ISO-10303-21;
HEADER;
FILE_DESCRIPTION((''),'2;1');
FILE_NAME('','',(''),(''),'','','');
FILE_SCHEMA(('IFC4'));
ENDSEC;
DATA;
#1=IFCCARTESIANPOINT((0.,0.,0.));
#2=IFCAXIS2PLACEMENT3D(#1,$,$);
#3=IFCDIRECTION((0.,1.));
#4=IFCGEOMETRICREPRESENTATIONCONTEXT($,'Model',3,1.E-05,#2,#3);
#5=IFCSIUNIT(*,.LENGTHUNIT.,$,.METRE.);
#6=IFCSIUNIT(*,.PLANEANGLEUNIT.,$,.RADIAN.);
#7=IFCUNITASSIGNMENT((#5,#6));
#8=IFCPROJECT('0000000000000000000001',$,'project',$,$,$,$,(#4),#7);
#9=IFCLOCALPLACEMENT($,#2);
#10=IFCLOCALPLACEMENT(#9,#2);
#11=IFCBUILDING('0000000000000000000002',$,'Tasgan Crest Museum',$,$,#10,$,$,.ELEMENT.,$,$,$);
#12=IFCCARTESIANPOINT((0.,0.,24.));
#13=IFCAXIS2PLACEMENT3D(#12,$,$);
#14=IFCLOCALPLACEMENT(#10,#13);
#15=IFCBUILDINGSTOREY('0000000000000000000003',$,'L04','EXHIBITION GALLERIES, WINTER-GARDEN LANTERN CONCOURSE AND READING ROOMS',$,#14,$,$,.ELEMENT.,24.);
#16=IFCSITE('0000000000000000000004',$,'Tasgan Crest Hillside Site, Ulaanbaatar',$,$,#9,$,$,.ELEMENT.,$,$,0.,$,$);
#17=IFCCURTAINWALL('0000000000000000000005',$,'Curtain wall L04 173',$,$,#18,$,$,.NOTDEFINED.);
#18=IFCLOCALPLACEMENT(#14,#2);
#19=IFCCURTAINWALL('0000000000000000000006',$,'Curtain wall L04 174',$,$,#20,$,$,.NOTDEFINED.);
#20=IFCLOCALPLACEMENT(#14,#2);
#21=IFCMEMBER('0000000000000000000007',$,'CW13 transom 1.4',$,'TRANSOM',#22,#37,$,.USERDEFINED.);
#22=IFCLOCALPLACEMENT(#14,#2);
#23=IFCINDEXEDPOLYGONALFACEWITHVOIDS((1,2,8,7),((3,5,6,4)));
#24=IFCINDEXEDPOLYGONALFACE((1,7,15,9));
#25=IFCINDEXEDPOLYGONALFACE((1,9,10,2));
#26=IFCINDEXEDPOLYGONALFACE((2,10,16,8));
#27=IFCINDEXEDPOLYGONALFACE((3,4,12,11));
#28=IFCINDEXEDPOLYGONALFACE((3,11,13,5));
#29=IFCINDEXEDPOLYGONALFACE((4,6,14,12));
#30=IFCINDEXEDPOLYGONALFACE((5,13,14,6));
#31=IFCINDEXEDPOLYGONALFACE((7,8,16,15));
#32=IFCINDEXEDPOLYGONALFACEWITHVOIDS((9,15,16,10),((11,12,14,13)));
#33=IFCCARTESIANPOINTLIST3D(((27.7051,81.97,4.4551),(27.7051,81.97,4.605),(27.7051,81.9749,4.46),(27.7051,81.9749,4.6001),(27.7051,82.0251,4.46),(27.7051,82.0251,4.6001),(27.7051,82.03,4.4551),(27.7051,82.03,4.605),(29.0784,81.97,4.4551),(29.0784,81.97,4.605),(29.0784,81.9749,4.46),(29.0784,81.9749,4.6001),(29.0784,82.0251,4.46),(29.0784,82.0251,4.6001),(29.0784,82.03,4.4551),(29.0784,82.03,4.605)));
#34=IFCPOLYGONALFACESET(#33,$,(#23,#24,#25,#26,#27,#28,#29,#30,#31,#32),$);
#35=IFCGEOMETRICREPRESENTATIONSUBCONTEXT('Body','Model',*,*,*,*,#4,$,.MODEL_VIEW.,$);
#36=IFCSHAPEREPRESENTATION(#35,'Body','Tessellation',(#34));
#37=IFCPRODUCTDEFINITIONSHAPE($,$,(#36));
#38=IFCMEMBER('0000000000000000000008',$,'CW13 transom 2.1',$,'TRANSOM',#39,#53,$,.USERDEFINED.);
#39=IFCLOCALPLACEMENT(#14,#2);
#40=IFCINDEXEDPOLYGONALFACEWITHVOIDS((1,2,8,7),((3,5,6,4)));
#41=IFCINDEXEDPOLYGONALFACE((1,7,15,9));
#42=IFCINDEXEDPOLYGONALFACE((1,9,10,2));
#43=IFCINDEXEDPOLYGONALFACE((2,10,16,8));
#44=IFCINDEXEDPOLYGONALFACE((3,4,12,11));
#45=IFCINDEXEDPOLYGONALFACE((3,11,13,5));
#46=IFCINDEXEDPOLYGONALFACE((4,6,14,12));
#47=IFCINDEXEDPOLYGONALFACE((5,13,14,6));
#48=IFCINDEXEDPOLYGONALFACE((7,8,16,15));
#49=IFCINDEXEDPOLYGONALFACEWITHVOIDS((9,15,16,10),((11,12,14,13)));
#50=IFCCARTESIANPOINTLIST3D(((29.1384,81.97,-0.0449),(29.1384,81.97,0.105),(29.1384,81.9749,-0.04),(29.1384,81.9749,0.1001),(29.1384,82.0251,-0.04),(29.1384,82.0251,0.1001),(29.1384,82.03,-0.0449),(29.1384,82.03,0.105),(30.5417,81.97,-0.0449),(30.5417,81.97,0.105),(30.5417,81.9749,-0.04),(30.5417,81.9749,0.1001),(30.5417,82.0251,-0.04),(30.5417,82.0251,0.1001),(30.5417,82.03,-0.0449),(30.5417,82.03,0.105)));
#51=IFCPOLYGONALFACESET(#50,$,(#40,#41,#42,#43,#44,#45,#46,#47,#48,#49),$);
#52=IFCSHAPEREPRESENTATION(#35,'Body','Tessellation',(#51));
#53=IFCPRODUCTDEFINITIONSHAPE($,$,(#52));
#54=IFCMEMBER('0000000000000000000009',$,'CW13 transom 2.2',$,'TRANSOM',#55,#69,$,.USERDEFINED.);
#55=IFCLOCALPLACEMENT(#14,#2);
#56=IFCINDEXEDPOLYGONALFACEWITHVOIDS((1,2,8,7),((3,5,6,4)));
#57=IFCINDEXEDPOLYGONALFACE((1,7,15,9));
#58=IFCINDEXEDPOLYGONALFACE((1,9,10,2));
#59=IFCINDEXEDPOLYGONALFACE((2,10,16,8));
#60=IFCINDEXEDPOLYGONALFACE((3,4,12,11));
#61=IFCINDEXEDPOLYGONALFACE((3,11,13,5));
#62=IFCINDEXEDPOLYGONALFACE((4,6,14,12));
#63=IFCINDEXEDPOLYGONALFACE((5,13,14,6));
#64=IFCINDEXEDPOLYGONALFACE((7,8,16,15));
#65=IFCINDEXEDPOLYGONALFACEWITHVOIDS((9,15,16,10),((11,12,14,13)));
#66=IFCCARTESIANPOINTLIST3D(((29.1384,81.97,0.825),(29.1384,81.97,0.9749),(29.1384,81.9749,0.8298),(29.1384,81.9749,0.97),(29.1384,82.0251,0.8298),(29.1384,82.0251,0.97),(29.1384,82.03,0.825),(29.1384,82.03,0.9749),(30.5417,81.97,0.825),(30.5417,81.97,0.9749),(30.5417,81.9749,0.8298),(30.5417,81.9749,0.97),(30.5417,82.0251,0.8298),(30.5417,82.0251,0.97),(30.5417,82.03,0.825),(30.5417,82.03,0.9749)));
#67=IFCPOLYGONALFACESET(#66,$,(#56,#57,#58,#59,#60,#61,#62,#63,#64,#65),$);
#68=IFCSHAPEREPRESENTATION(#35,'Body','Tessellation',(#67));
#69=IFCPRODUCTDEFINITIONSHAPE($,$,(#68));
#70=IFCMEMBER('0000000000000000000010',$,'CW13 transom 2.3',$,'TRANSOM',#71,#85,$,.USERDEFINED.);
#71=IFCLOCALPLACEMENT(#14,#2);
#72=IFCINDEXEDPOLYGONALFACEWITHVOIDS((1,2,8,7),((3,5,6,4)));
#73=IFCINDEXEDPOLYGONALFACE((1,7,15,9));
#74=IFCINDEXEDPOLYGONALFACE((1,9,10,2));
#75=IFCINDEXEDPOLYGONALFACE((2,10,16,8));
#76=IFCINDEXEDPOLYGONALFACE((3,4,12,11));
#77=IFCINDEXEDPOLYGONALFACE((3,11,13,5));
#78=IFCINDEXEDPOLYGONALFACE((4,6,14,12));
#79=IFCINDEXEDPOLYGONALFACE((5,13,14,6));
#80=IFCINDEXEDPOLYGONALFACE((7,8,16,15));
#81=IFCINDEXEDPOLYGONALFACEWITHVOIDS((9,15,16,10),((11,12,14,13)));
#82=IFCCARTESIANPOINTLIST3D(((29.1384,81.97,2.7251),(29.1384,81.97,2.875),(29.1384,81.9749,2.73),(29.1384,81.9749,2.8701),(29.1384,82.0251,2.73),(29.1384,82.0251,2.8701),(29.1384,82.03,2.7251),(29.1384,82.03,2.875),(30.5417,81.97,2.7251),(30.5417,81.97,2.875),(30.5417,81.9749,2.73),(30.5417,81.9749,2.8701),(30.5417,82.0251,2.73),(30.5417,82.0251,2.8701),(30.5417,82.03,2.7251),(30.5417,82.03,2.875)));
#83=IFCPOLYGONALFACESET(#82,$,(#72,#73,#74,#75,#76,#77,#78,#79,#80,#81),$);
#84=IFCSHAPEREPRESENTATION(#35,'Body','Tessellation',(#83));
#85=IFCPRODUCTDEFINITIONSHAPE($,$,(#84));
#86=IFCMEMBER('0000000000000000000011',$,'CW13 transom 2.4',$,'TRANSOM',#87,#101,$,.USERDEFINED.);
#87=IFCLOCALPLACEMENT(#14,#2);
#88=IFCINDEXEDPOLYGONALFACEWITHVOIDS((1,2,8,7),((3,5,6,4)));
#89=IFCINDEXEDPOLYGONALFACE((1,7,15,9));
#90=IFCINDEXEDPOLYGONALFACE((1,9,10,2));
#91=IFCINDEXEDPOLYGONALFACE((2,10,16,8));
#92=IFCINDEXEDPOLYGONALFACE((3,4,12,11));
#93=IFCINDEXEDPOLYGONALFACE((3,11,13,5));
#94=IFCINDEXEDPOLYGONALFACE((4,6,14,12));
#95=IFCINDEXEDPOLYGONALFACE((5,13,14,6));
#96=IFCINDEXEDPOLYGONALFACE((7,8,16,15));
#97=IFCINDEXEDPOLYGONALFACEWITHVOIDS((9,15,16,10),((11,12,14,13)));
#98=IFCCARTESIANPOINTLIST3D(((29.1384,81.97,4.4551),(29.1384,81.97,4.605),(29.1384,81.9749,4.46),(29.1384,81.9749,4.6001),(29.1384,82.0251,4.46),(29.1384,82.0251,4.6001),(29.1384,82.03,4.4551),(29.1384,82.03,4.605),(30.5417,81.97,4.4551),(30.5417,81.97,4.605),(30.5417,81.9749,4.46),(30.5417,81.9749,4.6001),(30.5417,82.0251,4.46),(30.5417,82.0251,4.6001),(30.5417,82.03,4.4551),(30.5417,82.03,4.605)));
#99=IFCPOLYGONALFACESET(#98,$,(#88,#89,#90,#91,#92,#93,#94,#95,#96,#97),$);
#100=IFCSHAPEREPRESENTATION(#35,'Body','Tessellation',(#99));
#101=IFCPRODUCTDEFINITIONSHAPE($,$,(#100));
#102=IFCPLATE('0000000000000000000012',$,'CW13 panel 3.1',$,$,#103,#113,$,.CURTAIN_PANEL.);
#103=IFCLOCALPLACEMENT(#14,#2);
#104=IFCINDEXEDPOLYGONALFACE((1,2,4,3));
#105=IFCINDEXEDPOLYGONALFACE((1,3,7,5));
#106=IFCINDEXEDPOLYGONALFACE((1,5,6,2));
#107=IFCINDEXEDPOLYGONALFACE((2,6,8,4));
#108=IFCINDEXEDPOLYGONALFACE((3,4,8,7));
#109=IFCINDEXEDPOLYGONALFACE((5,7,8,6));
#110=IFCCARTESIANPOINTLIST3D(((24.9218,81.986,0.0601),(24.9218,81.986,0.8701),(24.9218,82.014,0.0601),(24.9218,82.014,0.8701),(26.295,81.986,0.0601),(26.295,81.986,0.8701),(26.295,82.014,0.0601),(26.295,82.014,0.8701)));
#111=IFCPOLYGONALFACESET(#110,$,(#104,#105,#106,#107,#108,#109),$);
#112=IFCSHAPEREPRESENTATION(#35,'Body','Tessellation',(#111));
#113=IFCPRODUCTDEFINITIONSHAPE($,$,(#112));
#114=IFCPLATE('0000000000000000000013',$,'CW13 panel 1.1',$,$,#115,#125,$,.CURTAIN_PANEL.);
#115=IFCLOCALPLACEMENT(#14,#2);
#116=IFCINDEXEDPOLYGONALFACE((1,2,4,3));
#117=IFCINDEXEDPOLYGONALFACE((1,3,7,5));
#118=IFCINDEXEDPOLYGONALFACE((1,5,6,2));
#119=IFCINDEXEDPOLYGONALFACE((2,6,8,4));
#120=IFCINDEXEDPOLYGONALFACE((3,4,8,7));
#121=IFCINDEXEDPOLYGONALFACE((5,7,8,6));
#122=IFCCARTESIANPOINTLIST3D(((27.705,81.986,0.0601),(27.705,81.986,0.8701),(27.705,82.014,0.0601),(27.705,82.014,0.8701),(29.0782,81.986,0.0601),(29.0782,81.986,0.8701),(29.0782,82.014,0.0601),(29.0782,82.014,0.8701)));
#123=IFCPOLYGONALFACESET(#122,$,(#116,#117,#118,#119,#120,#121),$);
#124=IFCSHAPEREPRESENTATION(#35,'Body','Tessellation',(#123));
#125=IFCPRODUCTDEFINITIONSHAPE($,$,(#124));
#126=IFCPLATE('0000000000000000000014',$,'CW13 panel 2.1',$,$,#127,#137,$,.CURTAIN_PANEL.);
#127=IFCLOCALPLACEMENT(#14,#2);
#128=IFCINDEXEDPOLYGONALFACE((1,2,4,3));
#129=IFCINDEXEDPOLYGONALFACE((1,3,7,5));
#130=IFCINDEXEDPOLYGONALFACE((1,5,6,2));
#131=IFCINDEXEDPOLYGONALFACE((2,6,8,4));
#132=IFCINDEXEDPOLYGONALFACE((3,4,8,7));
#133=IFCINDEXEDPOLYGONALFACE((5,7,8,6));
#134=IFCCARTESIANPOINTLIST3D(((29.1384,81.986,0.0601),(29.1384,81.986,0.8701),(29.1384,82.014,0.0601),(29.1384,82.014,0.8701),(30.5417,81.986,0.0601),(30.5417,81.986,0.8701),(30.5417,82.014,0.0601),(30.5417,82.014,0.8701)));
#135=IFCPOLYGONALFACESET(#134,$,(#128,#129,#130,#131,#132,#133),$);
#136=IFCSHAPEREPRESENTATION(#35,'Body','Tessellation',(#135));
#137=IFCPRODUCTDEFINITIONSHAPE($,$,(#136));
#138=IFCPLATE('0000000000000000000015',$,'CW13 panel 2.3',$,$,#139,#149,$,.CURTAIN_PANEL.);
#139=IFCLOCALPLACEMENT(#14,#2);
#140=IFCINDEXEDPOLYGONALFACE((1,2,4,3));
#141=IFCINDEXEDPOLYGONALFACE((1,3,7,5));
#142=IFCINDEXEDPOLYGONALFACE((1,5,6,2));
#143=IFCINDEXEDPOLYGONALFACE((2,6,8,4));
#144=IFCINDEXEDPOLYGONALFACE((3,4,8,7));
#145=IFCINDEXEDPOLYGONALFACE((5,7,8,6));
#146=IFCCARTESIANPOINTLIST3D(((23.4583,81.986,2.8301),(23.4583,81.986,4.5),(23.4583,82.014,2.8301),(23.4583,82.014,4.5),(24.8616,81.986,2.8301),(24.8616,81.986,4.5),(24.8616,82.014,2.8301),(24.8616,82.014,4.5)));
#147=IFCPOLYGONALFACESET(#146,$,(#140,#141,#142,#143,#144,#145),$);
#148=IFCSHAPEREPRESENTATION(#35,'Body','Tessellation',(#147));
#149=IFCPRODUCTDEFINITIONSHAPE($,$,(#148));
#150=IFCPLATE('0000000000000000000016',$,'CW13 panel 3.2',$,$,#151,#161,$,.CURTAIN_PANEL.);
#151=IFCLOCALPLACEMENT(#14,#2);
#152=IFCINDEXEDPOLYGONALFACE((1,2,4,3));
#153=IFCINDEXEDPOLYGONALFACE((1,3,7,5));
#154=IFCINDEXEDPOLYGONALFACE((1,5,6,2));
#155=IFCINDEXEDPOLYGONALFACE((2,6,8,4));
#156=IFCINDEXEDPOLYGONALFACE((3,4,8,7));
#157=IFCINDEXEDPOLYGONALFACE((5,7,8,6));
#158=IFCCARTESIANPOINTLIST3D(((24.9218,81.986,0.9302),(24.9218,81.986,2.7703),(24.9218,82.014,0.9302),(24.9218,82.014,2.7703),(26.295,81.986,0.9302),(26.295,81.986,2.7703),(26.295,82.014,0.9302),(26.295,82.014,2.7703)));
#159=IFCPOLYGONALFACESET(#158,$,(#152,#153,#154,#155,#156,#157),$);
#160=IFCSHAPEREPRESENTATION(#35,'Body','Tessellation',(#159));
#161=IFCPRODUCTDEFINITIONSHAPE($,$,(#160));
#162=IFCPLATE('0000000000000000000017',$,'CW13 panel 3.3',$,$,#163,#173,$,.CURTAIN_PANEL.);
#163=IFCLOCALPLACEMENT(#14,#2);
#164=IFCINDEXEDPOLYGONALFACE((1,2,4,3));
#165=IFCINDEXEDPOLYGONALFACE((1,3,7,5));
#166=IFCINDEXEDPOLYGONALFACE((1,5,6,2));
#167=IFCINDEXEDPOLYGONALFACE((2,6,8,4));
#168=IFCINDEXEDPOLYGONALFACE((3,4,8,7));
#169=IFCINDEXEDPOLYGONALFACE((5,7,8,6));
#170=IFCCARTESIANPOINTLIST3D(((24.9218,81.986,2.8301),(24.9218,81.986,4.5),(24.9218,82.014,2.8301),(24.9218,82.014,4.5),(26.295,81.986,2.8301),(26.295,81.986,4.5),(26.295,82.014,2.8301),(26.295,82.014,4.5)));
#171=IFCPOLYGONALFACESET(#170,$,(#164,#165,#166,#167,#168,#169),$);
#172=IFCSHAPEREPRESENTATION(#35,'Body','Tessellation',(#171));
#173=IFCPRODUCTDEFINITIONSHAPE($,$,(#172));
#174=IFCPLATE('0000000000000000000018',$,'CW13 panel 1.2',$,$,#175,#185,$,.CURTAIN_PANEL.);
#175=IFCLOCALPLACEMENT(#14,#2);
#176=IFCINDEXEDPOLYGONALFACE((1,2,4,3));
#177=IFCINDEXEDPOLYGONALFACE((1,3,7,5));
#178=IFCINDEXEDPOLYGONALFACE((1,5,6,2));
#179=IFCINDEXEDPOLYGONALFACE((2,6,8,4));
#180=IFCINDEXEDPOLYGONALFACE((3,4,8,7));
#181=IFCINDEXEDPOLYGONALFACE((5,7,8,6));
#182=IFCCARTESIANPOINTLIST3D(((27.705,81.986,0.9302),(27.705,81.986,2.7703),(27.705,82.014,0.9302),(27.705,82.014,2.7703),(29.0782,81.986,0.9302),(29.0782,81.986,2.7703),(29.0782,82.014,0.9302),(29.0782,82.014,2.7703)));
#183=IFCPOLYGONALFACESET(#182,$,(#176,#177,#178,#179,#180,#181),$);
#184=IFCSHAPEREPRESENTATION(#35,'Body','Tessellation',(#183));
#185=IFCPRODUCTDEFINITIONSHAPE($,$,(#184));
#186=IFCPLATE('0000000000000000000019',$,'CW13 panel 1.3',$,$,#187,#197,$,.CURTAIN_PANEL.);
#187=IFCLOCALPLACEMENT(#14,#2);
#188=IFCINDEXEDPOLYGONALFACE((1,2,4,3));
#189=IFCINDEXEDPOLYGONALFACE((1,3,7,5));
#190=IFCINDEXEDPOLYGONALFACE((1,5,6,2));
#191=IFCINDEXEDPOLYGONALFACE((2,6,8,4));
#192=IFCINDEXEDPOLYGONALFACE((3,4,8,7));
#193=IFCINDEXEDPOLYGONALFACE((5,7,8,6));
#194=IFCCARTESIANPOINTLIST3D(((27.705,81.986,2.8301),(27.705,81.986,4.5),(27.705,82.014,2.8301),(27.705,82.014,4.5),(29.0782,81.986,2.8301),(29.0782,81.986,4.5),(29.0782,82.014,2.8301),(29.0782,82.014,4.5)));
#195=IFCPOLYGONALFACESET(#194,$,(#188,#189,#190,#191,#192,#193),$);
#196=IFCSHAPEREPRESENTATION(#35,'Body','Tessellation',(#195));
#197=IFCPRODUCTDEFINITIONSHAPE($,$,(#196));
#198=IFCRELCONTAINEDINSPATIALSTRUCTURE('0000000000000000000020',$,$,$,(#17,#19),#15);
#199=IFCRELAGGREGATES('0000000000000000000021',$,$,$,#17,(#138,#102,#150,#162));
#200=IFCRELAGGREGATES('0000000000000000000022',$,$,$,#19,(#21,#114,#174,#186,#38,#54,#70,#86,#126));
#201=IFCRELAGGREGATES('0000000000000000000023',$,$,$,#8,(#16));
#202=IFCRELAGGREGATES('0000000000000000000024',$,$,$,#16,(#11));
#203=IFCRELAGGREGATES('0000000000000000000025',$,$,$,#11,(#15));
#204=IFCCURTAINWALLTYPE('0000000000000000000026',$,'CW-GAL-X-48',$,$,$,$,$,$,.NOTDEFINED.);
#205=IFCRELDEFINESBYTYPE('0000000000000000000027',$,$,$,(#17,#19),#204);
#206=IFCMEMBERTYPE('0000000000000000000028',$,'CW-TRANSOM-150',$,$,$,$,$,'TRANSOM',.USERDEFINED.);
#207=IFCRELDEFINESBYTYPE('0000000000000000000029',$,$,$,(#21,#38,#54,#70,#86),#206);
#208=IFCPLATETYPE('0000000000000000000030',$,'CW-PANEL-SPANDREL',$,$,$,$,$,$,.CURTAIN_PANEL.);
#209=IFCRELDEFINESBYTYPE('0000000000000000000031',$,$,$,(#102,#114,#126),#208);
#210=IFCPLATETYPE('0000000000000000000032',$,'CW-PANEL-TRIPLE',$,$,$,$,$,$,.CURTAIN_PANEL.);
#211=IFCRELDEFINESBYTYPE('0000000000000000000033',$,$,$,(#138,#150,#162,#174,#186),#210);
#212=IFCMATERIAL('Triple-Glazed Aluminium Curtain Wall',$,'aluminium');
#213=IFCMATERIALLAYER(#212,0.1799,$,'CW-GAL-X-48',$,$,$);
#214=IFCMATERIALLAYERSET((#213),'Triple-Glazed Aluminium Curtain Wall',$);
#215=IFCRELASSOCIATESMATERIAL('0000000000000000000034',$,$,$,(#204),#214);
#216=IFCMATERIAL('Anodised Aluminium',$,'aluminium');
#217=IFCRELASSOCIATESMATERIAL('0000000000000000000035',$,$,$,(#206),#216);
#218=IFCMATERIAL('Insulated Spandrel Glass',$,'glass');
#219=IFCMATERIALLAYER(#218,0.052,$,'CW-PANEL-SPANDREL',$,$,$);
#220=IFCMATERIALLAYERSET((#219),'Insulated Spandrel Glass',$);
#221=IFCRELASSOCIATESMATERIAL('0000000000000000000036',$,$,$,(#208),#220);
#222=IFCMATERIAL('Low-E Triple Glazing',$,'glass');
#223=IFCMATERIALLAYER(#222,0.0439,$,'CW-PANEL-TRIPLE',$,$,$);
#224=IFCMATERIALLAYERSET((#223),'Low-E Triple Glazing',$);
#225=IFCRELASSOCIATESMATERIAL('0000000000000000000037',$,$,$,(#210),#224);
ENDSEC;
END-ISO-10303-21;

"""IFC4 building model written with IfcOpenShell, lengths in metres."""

from ifc_helpers import new_model, si_unit, direction, frame, origin, origin_2d, place, context, subcontext, project, spatial, rectangle, hollow_rectangle, extrude, material, layer, layer_set, material_profile, profile_set, type_object, element, aggregate, save


model = new_model("IFC4")

# Units and contexts
model_context = context("Model", 3, precision=1e-05, world=origin(), true_north=direction((0.0, 1.0)))
body_context = subcontext(model_context, "Body", "Model", "MODEL_VIEW")
ifc_project = project(units=[si_unit("LENGTHUNIT", "METRE"), si_unit("PLANEANGLEUNIT", "RADIAN")], contexts=[model_context])

# Site, building, storey
site_placement = place(None, origin())
site = spatial("IfcSite", under=ifc_project, at=site_placement, Name="Tasgan Crest Hillside Site, Ulaanbaatar", CompositionType="ELEMENT", RefElevation=0.0)
building_placement = place(site_placement, origin())
building = spatial("IfcBuilding", under=site, at=building_placement, Name="Tasgan Crest Museum", CompositionType="ELEMENT")
storey_placement = place(building_placement, frame((0.0, 0.0, 24.0)))
storey = spatial("IfcBuildingStorey", under=building, at=storey_placement, Name="L04", Description="EXHIBITION GALLERIES, WINTER-GARDEN LANTERN CONCOURSE AND READING ROOMS", CompositionType="ELEMENT", Elevation=24.0)

# Curtain walls
ifc_material_1 = material(Name="Triple-Glazed Aluminium Curtain Wall", Category="aluminium")
ifc_layer_1 = layer(ifc_material_1, 0.1799, Name="CW-GAL-X-48")
ifc_layer_set_1 = layer_set([ifc_layer_1], Name="Triple-Glazed Aluminium Curtain Wall")
curtain_wall_type = type_object("IfcCurtainWallType", Name="CW-GAL-X-48", PredefinedType="NOTDEFINED", material=ifc_layer_set_1)
curtain_wall_1_placement = place(storey_placement, origin())
curtain_wall_1 = element("IfcCurtainWall", 1, at=curtain_wall_1_placement, inside=storey, type_object=curtain_wall_type, Name="Curtain wall L04 173", PredefinedType="NOTDEFINED")
curtain_wall_2_placement = place(storey_placement, origin())
curtain_wall_2 = element("IfcCurtainWall", 2, at=curtain_wall_2_placement, inside=storey, type_object=curtain_wall_type, Name="Curtain wall L04 174", PredefinedType="NOTDEFINED")

# Members
ifc_material_2 = material(Name="Anodised Aluminium", Category="aluminium")
ifc_material_profile_1 = material_profile(ifc_material_2, hollow_rectangle(XDim=0.0601, YDim=0.1499, WallThickness=0.0049, at=origin_2d()), Name="ALU TRANSOM 150x60x5")
ifc_profile_set_1 = profile_set([ifc_material_profile_1], Name="Anodised Aluminium")
member_type_1 = type_object("IfcMemberType", Name="CW-TRANSOM-150", ElementType="TRANSOM", PredefinedType="USERDEFINED", material=ifc_profile_set_1)
member_1_placement = place(storey_placement, frame((27.7051, 82.0, 4.53), z_axis=(1.0, 0.0, 0.0), x_axis=(0.0, 1.0, 0.0)))
member_1 = element("IfcMember", 3, at=member_1_placement, type_object=member_type_1, Name="CW13 transom 1.4", ObjectType="TRANSOM", PredefinedType="USERDEFINED", context=body_context, shape_type="SweptSolid", body=[
    extrude(hollow_rectangle(XDim=0.0601, YDim=0.1499, WallThickness=0.0049, at=origin_2d()), origin(), (0.0, 0.0, 1.0), 1.3733),
])
member_2_placement = place(storey_placement, frame((29.1384, 82.0, 0.03), z_axis=(1.0, 0.0, 0.0), x_axis=(0.0, 1.0, 0.0)))
member_2 = element("IfcMember", 4, at=member_2_placement, type_object=member_type_1, Name="CW13 transom 2.1", ObjectType="TRANSOM", PredefinedType="USERDEFINED", context=body_context, shape_type="SweptSolid", body=[
    extrude(hollow_rectangle(XDim=0.0601, YDim=0.1499, WallThickness=0.0049, at=origin_2d()), origin(), (0.0, 0.0, 1.0), 1.4033),
])
member_3_placement = place(storey_placement, frame((29.1384, 82.0, 0.8999), z_axis=(1.0, 0.0, 0.0), x_axis=(0.0, 1.0, 0.0)))
member_3 = element("IfcMember", 5, at=member_3_placement, type_object=member_type_1, Name="CW13 transom 2.2", ObjectType="TRANSOM", PredefinedType="USERDEFINED", context=body_context, shape_type="SweptSolid", body=[
    extrude(hollow_rectangle(XDim=0.0601, YDim=0.1499, WallThickness=0.0049, at=origin_2d()), origin(), (0.0, 0.0, 1.0), 1.4033),
])
member_4_placement = place(storey_placement, frame((29.1384, 82.0, 2.8), z_axis=(1.0, 0.0, 0.0), x_axis=(0.0, 1.0, 0.0)))
member_4 = element("IfcMember", 6, at=member_4_placement, type_object=member_type_1, Name="CW13 transom 2.3", ObjectType="TRANSOM", PredefinedType="USERDEFINED", context=body_context, shape_type="SweptSolid", body=[
    extrude(hollow_rectangle(XDim=0.0601, YDim=0.1499, WallThickness=0.0049, at=origin_2d()), origin(), (0.0, 0.0, 1.0), 1.4033),
])
member_5_placement = place(storey_placement, frame((29.1384, 82.0, 4.53), z_axis=(1.0, 0.0, 0.0), x_axis=(0.0, 1.0, 0.0)))
member_5 = element("IfcMember", 7, at=member_5_placement, type_object=member_type_1, Name="CW13 transom 2.4", ObjectType="TRANSOM", PredefinedType="USERDEFINED", context=body_context, shape_type="SweptSolid", body=[
    extrude(hollow_rectangle(XDim=0.0601, YDim=0.1499, WallThickness=0.0049, at=origin_2d()), origin(), (0.0, 0.0, 1.0), 1.4033),
])

# Plates
ifc_material_3 = material(Name="Insulated Spandrel Glass", Category="glass")
ifc_layer_2 = layer(ifc_material_3, 0.052, Name="CW-PANEL-SPANDREL")
ifc_layer_set_2 = layer_set([ifc_layer_2], Name="Insulated Spandrel Glass")
plate_type_1 = type_object("IfcPlateType", Name="CW-PANEL-SPANDREL", PredefinedType="CURTAIN_PANEL", material=ifc_layer_set_2)
plate_1_placement = place(storey_placement, frame((25.6084, 82.0, 0.0601), z_axis=(0.0, 0.0, 1.0), x_axis=(1.0, 0.0, 0.0)))
plate_1 = element("IfcPlate", 8, at=plate_1_placement, type_object=plate_type_1, Name="CW13 panel 3.1", PredefinedType="CURTAIN_PANEL", context=body_context, shape_type="SweptSolid", body=[
    extrude(rectangle(XDim=1.3733, YDim=0.0281, at=origin_2d()), origin(), (0.0, 0.0, 1.0), 0.8101),
])
plate_2_placement = place(storey_placement, frame((28.3916, 82.0, 0.0601), z_axis=(0.0, 0.0, 1.0), x_axis=(1.0, 0.0, 0.0)))
plate_2 = element("IfcPlate", 9, at=plate_2_placement, type_object=plate_type_1, Name="CW13 panel 1.1", PredefinedType="CURTAIN_PANEL", context=body_context, shape_type="SweptSolid", body=[
    extrude(rectangle(XDim=1.3733, YDim=0.0281, at=origin_2d()), origin(), (0.0, 0.0, 1.0), 0.8101),
])
plate_3_placement = place(storey_placement, frame((29.8401, 82.0, 0.0601), z_axis=(0.0, 0.0, 1.0), x_axis=(1.0, 0.0, 0.0)))
plate_3 = element("IfcPlate", 10, at=plate_3_placement, type_object=plate_type_1, Name="CW13 panel 2.1", PredefinedType="CURTAIN_PANEL", context=body_context, shape_type="SweptSolid", body=[
    extrude(rectangle(XDim=1.4033, YDim=0.0281, at=origin_2d()), origin(), (0.0, 0.0, 1.0), 0.8101),
])
ifc_material_4 = material(Name="Low-E Triple Glazing", Category="glass")
ifc_layer_3 = layer(ifc_material_4, 0.0439, Name="CW-PANEL-TRIPLE")
ifc_layer_set_3 = layer_set([ifc_layer_3], Name="Low-E Triple Glazing")
plate_type_2 = type_object("IfcPlateType", Name="CW-PANEL-TRIPLE", PredefinedType="CURTAIN_PANEL", material=ifc_layer_set_3)
plate_4_placement = place(storey_placement, frame((24.1599, 82.0, 2.8301), z_axis=(0.0, 0.0, 1.0), x_axis=(1.0, 0.0, 0.0)))
plate_4 = element("IfcPlate", 11, at=plate_4_placement, type_object=plate_type_2, Name="CW13 panel 2.3", PredefinedType="CURTAIN_PANEL", context=body_context, shape_type="SweptSolid", body=[
    extrude(rectangle(XDim=1.4033, YDim=0.0281, at=origin_2d()), origin(), (0.0, 0.0, 1.0), 1.6699),
])
plate_5_placement = place(storey_placement, frame((25.6084, 82.0, 0.9302), z_axis=(0.0, 0.0, 1.0), x_axis=(1.0, 0.0, 0.0)))
plate_5 = element("IfcPlate", 12, at=plate_5_placement, type_object=plate_type_2, Name="CW13 panel 3.2", PredefinedType="CURTAIN_PANEL", context=body_context, shape_type="SweptSolid", body=[
    extrude(rectangle(XDim=1.3733, YDim=0.0281, at=origin_2d()), origin(), (0.0, 0.0, 1.0), 1.8401),
])
plate_6_placement = place(storey_placement, frame((25.6084, 82.0, 2.8301), z_axis=(0.0, 0.0, 1.0), x_axis=(1.0, 0.0, 0.0)))
plate_6 = element("IfcPlate", 13, at=plate_6_placement, type_object=plate_type_2, Name="CW13 panel 3.3", PredefinedType="CURTAIN_PANEL", context=body_context, shape_type="SweptSolid", body=[
    extrude(rectangle(XDim=1.3733, YDim=0.0281, at=origin_2d()), origin(), (0.0, 0.0, 1.0), 1.6699),
])
aggregate(curtain_wall_1, [plate_4, plate_1, plate_5, plate_6])
plate_7_placement = place(storey_placement, frame((28.3916, 82.0, 0.9302), z_axis=(0.0, 0.0, 1.0), x_axis=(1.0, 0.0, 0.0)))
plate_7 = element("IfcPlate", 14, at=plate_7_placement, type_object=plate_type_2, Name="CW13 panel 1.2", PredefinedType="CURTAIN_PANEL", context=body_context, shape_type="SweptSolid", body=[
    extrude(rectangle(XDim=1.3733, YDim=0.0281, at=origin_2d()), origin(), (0.0, 0.0, 1.0), 1.8401),
])
plate_8_placement = place(storey_placement, frame((28.3916, 82.0, 2.8301), z_axis=(0.0, 0.0, 1.0), x_axis=(1.0, 0.0, 0.0)))
plate_8 = element("IfcPlate", 15, at=plate_8_placement, type_object=plate_type_2, Name="CW13 panel 1.3", PredefinedType="CURTAIN_PANEL", context=body_context, shape_type="SweptSolid", body=[
    extrude(rectangle(XDim=1.3733, YDim=0.0281, at=origin_2d()), origin(), (0.0, 0.0, 1.0), 1.6699),
])
aggregate(curtain_wall_2, [member_1, plate_2, plate_7, plate_8, member_2, member_3, member_4, member_5, plate_3])

save(model, "model.ifc")
